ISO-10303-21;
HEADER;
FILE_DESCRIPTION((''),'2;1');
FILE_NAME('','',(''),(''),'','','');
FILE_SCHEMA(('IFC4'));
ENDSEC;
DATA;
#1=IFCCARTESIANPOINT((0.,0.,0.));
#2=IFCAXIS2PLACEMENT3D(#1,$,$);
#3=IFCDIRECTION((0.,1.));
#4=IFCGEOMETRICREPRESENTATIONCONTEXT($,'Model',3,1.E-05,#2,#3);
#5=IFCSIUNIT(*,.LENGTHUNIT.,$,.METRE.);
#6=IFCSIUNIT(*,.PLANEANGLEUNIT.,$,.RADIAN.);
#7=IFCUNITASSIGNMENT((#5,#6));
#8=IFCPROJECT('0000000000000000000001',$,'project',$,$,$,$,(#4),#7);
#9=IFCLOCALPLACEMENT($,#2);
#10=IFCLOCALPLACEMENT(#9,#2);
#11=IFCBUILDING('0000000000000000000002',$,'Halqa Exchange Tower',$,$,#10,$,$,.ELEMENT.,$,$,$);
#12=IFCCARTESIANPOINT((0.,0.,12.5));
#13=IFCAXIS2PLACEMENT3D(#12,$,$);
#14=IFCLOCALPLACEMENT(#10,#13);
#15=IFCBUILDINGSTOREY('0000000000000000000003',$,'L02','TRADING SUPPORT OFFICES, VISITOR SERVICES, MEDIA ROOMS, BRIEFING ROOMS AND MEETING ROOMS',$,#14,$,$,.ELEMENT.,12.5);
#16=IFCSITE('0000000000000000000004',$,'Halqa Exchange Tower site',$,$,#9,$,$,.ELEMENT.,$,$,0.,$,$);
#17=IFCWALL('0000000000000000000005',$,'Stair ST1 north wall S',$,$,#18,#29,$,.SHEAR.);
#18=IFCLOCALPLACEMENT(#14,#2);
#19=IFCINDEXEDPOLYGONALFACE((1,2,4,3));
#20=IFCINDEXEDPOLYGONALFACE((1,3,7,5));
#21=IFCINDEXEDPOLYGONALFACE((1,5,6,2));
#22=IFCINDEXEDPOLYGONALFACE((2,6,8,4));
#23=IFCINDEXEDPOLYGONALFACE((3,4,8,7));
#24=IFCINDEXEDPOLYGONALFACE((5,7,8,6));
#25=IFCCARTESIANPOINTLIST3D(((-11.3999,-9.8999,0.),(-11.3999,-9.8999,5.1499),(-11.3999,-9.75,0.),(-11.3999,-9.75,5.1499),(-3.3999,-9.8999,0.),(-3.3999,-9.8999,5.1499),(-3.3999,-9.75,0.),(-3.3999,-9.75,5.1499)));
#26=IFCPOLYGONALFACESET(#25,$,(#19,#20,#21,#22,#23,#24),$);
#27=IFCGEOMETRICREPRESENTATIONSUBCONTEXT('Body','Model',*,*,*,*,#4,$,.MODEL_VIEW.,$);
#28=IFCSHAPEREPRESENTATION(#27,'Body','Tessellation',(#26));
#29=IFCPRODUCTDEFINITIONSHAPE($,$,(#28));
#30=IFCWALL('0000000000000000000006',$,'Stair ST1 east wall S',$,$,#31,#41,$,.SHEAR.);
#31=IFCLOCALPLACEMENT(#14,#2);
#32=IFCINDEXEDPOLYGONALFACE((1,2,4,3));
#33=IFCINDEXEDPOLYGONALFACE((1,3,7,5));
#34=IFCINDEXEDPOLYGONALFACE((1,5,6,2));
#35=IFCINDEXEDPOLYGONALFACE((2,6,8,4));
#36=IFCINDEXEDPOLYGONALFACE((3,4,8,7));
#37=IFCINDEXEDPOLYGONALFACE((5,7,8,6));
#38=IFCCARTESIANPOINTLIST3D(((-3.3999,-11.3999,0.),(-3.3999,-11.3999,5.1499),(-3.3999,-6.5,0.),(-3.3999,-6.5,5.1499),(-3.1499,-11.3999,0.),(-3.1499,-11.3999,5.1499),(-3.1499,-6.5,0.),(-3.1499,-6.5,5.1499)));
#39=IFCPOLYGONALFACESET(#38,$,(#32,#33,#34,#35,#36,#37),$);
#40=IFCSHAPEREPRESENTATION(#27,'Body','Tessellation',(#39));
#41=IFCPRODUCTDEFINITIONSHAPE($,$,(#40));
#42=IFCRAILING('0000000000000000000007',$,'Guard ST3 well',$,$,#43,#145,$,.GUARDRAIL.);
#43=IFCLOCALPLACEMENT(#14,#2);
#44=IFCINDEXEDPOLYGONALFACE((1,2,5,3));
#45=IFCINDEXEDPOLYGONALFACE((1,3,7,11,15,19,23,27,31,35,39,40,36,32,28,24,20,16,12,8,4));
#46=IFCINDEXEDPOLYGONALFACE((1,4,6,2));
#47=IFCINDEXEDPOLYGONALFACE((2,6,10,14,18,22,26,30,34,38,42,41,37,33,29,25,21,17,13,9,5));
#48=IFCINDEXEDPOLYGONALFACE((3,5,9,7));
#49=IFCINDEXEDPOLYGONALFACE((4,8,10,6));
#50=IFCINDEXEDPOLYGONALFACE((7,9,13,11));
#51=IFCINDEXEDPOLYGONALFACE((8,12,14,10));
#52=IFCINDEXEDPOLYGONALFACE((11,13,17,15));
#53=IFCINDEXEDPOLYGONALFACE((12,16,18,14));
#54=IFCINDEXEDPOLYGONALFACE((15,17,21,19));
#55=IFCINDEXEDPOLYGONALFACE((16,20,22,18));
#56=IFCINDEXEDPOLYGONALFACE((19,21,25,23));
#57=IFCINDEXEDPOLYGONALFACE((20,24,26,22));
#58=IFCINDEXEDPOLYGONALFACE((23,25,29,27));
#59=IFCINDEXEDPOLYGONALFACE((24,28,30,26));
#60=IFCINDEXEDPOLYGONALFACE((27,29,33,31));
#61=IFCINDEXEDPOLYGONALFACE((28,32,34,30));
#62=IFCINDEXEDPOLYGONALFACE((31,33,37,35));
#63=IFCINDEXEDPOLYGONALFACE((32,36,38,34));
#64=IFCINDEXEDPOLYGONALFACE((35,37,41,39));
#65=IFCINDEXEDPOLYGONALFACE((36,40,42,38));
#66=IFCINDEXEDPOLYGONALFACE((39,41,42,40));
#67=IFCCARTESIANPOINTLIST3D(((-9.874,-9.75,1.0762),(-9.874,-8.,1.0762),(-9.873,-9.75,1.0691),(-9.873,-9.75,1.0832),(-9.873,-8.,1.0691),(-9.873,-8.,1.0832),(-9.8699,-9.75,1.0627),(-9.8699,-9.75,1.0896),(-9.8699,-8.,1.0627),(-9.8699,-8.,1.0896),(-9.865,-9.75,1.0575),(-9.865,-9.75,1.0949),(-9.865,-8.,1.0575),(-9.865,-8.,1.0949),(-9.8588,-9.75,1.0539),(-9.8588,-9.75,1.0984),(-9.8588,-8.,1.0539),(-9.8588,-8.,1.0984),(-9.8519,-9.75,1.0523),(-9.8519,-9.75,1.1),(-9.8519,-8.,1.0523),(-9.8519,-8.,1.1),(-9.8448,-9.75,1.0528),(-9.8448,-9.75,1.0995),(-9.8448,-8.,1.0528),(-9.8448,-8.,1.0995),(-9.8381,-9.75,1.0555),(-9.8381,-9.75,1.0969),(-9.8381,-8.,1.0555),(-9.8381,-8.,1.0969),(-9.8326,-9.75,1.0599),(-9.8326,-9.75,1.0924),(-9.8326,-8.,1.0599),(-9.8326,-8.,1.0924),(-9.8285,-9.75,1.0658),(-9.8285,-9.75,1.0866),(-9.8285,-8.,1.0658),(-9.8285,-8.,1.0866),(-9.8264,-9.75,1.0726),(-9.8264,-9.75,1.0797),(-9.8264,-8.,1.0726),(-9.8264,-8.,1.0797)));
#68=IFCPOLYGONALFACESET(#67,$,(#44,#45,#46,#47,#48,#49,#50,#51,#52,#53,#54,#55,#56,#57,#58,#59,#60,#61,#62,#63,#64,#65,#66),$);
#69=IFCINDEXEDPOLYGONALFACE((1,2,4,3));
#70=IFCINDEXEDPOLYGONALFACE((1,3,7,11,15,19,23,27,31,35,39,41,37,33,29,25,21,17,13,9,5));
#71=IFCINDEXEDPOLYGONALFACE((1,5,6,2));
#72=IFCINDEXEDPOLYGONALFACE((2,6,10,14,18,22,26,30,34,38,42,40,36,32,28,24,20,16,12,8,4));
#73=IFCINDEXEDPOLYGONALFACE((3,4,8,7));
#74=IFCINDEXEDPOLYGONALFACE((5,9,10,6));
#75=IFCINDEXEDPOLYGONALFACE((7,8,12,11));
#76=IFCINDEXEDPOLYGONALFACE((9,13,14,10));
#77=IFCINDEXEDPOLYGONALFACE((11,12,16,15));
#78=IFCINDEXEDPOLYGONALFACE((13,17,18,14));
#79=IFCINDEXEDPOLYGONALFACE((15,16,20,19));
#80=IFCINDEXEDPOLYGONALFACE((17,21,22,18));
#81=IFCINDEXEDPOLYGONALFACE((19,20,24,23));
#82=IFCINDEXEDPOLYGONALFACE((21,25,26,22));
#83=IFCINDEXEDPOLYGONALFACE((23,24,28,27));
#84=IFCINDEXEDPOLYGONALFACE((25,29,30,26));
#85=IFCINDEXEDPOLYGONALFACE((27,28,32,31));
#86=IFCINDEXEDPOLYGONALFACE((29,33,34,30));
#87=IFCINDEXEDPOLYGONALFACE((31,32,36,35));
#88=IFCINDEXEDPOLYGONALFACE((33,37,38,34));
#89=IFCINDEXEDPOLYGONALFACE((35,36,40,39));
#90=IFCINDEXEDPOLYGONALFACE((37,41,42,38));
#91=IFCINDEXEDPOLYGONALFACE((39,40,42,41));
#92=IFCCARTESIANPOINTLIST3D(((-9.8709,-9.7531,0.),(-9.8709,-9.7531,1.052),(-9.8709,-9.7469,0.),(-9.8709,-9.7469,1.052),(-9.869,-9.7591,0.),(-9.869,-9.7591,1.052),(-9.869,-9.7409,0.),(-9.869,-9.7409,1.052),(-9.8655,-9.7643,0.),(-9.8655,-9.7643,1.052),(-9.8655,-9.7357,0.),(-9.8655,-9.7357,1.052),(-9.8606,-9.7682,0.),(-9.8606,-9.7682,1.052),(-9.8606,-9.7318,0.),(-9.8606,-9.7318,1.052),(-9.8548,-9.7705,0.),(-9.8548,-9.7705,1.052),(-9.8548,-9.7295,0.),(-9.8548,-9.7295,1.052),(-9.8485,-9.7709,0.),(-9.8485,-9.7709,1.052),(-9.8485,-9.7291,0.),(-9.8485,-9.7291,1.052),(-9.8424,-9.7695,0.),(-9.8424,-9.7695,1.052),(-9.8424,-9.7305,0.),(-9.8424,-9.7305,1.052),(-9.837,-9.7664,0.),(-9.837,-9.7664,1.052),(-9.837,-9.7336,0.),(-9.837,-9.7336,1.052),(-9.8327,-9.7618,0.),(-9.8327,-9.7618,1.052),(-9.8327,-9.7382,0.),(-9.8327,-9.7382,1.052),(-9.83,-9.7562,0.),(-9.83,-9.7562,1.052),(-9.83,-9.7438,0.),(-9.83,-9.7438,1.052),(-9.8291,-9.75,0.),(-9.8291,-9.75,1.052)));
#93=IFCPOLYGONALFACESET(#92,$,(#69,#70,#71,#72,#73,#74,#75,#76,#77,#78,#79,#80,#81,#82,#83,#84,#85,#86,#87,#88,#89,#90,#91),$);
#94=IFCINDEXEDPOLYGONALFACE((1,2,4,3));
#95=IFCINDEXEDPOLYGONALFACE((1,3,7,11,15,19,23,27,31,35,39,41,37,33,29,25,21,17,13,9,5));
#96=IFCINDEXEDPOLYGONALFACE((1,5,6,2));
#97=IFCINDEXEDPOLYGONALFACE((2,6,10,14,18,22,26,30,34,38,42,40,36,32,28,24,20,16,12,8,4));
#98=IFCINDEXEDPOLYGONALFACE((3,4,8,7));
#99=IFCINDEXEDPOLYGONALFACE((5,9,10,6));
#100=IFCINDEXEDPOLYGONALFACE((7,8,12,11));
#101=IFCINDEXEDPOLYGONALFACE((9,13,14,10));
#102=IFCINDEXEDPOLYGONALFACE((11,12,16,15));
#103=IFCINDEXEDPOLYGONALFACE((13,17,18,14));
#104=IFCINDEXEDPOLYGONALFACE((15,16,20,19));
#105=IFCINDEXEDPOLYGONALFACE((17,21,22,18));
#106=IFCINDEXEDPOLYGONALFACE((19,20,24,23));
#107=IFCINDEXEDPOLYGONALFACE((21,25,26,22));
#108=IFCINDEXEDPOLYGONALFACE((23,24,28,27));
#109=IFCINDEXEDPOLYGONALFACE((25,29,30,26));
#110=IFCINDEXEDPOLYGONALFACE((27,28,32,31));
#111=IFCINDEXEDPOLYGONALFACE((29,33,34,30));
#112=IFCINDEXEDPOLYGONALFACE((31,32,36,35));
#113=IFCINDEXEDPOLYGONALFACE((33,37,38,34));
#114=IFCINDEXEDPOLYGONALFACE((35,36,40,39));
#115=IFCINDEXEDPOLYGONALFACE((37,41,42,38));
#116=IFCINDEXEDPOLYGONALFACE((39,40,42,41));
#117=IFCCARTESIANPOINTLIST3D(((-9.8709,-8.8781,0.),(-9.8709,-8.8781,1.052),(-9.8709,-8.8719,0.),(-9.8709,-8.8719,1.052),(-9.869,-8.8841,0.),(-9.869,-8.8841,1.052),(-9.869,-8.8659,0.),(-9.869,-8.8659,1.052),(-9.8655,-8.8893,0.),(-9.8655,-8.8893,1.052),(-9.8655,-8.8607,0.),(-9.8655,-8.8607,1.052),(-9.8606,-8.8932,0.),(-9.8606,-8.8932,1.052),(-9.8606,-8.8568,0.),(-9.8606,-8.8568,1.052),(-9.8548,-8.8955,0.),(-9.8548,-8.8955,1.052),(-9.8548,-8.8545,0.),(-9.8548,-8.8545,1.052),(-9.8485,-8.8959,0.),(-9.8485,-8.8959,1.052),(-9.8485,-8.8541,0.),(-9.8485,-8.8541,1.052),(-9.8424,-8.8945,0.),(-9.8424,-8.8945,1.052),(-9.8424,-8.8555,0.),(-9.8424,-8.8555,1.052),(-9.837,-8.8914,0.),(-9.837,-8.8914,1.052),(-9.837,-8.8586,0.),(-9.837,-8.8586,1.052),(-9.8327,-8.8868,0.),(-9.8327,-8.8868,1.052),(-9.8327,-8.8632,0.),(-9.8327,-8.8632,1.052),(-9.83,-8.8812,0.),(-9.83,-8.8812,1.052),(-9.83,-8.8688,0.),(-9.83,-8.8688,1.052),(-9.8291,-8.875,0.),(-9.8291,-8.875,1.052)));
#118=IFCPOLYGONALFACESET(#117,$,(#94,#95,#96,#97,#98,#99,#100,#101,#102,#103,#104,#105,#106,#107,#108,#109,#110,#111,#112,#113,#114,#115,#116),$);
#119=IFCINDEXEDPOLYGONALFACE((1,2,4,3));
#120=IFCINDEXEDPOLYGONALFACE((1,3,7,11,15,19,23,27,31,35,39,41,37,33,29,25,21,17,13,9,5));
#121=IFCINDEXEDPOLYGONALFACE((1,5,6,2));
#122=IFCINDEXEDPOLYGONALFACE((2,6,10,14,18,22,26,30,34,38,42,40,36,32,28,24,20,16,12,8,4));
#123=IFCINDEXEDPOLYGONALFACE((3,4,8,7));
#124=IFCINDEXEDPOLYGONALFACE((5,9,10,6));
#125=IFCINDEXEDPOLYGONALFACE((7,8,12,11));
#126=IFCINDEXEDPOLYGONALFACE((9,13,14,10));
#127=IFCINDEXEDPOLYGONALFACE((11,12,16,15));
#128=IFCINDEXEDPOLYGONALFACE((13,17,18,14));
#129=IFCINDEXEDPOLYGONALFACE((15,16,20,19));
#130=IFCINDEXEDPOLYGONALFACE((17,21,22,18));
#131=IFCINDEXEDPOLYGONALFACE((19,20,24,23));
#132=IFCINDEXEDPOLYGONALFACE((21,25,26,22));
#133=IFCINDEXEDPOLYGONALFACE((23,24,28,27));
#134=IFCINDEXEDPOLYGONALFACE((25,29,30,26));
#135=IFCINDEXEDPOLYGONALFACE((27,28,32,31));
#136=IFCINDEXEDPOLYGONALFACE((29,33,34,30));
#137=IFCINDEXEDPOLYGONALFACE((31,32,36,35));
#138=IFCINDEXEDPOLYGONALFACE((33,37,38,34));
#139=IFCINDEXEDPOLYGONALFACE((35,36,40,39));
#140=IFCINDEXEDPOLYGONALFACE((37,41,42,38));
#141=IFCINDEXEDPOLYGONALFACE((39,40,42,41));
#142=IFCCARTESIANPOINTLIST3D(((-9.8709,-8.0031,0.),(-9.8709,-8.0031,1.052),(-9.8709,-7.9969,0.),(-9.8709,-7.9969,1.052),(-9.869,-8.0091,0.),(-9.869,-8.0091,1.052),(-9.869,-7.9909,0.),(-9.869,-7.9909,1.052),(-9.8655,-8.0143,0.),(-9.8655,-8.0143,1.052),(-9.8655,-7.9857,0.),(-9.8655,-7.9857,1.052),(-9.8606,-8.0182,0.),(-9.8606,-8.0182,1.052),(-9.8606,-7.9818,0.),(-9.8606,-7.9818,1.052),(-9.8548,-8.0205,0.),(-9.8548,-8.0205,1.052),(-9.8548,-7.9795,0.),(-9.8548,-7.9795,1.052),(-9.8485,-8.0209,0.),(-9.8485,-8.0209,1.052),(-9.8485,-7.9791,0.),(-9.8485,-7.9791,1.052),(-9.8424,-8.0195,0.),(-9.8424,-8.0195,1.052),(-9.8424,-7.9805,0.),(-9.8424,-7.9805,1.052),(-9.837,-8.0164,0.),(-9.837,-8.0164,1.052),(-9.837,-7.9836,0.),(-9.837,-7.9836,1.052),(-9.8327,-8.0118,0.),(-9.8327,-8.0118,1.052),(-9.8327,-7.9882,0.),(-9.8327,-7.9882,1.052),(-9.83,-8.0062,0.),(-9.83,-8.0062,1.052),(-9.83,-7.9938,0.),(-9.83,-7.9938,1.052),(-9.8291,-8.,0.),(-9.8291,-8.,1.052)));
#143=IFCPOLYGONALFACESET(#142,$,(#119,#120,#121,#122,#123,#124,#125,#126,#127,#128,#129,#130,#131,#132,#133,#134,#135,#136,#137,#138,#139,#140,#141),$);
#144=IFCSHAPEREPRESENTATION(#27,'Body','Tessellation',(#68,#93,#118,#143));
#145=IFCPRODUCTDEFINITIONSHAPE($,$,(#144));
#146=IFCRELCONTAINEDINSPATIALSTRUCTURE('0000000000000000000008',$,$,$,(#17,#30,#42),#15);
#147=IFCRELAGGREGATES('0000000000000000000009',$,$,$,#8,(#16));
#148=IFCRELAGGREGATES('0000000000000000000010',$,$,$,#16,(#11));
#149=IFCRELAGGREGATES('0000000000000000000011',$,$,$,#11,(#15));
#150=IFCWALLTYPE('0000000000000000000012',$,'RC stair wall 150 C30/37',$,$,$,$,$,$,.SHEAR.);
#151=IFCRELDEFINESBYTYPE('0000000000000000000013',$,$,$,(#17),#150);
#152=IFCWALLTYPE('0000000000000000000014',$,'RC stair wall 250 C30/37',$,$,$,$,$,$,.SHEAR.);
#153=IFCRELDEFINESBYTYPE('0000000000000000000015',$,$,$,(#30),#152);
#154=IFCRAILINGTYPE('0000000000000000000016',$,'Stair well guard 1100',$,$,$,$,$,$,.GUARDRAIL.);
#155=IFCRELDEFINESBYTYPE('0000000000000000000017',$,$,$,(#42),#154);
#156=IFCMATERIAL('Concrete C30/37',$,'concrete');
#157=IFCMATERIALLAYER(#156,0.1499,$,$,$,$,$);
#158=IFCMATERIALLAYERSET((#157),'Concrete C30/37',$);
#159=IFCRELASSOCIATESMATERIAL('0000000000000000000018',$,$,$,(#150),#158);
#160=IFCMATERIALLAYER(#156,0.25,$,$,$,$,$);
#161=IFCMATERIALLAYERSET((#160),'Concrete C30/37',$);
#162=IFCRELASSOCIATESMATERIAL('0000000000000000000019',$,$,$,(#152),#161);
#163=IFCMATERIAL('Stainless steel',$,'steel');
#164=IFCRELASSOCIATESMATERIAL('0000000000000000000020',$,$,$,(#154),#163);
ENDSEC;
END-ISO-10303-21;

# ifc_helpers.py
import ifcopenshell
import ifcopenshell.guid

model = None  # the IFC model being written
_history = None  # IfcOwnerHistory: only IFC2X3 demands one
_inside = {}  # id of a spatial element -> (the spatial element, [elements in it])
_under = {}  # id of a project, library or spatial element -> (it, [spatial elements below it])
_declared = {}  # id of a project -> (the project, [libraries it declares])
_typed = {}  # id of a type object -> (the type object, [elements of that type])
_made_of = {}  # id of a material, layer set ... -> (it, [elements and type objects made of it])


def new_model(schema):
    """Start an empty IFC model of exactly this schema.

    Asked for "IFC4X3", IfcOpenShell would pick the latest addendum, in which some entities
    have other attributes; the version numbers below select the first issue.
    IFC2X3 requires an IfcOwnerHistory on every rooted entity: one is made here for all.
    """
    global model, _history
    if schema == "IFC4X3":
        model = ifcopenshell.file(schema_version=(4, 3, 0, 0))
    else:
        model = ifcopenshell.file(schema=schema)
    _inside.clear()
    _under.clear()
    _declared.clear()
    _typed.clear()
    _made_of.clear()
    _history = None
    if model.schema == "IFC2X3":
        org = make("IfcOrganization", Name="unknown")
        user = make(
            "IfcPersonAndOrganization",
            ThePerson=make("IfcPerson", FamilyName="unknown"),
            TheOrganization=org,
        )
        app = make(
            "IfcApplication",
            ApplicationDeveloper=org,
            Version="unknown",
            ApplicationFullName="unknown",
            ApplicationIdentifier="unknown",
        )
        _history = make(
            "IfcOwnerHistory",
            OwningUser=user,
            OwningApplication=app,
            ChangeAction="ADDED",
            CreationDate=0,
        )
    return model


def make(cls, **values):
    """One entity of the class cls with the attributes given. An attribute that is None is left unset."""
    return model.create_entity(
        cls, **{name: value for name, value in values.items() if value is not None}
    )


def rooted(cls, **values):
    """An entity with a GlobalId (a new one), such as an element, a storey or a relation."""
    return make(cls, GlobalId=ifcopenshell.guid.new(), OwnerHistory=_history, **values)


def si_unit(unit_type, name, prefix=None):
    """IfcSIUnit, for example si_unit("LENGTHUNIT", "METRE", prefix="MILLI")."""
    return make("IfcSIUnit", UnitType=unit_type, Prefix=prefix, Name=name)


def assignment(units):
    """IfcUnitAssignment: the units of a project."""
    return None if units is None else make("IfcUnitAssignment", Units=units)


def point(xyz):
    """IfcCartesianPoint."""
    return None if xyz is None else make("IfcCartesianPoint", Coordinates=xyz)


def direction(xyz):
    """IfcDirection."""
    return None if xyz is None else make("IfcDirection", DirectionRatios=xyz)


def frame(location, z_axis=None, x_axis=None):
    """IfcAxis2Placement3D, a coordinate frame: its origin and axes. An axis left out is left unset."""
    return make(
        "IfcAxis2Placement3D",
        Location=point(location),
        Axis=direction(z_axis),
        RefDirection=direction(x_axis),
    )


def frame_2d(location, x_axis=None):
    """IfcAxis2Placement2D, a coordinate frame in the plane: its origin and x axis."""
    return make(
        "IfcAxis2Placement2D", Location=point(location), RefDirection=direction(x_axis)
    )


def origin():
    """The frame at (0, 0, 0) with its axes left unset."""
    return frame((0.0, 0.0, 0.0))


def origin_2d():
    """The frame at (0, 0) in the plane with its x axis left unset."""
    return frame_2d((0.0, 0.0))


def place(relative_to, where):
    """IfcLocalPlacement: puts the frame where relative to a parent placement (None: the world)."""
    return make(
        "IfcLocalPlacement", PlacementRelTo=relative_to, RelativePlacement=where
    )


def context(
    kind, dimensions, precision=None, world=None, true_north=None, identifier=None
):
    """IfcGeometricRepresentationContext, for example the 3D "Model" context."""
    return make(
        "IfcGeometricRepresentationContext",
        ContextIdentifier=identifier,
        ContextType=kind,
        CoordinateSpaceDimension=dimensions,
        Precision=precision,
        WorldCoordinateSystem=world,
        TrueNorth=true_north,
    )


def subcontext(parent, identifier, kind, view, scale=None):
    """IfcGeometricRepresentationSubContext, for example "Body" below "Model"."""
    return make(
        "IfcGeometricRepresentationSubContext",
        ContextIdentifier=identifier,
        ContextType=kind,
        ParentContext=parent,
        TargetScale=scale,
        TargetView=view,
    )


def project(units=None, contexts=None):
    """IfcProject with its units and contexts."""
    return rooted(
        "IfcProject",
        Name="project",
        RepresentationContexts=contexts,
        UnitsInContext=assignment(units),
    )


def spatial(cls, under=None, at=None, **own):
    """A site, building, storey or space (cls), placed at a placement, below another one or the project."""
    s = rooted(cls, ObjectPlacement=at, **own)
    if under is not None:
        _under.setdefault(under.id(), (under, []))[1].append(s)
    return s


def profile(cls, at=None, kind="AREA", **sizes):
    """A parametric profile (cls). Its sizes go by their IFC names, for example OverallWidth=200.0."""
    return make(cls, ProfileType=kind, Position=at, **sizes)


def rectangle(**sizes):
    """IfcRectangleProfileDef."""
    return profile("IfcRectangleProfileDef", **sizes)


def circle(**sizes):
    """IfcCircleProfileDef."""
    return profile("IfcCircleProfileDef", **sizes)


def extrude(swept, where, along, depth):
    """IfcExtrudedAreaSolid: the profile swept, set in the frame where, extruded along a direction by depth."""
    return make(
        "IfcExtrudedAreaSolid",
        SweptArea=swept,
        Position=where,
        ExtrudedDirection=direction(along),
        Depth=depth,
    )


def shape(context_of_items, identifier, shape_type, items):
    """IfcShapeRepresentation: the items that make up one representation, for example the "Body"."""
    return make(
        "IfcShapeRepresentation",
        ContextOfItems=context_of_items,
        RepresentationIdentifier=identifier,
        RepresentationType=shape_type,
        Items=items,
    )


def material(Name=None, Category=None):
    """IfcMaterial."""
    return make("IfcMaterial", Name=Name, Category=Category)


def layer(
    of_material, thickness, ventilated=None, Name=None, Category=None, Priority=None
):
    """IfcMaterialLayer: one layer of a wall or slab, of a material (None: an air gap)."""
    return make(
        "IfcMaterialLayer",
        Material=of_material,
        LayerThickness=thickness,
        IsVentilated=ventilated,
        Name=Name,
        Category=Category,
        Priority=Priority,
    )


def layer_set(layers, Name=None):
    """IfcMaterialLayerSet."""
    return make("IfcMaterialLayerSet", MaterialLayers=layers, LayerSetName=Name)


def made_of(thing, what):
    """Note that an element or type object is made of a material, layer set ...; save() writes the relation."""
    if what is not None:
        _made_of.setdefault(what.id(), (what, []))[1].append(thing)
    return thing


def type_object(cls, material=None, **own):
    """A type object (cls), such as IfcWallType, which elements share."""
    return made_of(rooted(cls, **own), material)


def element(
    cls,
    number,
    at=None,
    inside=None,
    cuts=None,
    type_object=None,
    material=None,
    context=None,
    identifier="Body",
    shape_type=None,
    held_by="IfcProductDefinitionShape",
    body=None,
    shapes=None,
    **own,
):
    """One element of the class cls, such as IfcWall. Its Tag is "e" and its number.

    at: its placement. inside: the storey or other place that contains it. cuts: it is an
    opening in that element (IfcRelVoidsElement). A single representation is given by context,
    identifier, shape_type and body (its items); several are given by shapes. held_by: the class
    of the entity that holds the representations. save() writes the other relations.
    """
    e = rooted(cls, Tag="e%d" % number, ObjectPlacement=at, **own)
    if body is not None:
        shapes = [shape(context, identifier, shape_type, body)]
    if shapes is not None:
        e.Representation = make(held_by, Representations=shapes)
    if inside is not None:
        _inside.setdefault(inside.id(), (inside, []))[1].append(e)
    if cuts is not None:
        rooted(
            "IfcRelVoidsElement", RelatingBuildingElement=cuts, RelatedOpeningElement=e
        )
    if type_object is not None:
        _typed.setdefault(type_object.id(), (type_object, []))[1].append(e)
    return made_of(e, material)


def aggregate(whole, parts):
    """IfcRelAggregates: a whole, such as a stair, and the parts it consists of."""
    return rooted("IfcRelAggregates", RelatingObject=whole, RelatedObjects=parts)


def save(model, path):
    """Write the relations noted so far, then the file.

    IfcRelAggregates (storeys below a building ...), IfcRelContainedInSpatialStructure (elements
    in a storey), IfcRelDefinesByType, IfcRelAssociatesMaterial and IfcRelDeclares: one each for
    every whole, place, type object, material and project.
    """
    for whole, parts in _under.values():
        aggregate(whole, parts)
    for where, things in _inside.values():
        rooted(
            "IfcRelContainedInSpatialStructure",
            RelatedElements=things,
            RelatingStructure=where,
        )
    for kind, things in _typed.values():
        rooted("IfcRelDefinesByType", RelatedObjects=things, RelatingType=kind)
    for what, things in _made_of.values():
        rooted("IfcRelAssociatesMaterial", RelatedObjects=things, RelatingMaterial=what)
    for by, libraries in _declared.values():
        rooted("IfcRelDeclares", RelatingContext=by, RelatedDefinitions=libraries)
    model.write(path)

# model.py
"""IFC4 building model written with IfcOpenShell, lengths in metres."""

from ifc_helpers import new_model, si_unit, direction, frame, frame_2d, origin, origin_2d, place, context, subcontext, project, spatial, rectangle, circle, extrude, material, layer, layer_set, type_object, element, save


model = new_model("IFC4")

# Units and contexts
model_context = context("Model", 3, precision=1e-05, world=origin(), true_north=direction((0.0, 1.0)))
body_context = subcontext(model_context, "Body", "Model", "MODEL_VIEW")
ifc_project = project(units=[si_unit("LENGTHUNIT", "METRE"), si_unit("PLANEANGLEUNIT", "RADIAN")], contexts=[model_context])

# Site, building, storey
site_placement = place(None, origin())
site = spatial("IfcSite", under=ifc_project, at=site_placement, Name="Halqa Exchange Tower site", CompositionType="ELEMENT", RefElevation=0.0)
building_placement = place(site_placement, origin())
building = spatial("IfcBuilding", under=site, at=building_placement, Name="Halqa Exchange Tower", CompositionType="ELEMENT")
storey_placement = place(building_placement, frame((0.0, 0.0, 12.5)))
storey = spatial("IfcBuildingStorey", under=building, at=storey_placement, Name="L02", Description="TRADING SUPPORT OFFICES, VISITOR SERVICES, MEDIA ROOMS, BRIEFING ROOMS AND MEETING ROOMS", CompositionType="ELEMENT", Elevation=12.5)

# Walls
ifc_material_1 = material(Name="Concrete C30/37", Category="concrete")
ifc_layer_1 = layer(ifc_material_1, 0.1499)
ifc_layer_set_1 = layer_set([ifc_layer_1], Name="Concrete C30/37")
wall_type_1 = type_object("IfcWallType", Name="RC stair wall 150 C30/37", PredefinedType="SHEAR", material=ifc_layer_set_1)
wall_1_placement = place(storey_placement, frame((-11.3999, -9.825, 0.0), z_axis=(0.0, 0.0, 1.0), x_axis=(1.0, 0.0, 0.0)))
element("IfcWall", 1, at=wall_1_placement, inside=storey, type_object=wall_type_1, Name="Stair ST1 north wall S", PredefinedType="SHEAR", context=body_context, shape_type="SweptSolid", body=[
    extrude(rectangle(XDim=8.0, YDim=0.1499, at=frame_2d((4.0, 0.0))), origin(), (0.0, 0.0, 1.0), 5.1499),
])
ifc_layer_2 = layer(ifc_material_1, 0.25)
ifc_layer_set_2 = layer_set([ifc_layer_2], Name="Concrete C30/37")
wall_type_2 = type_object("IfcWallType", Name="RC stair wall 250 C30/37", PredefinedType="SHEAR", material=ifc_layer_set_2)
wall_2_placement = place(storey_placement, frame((-3.2749, -11.3999, 0.0), z_axis=(0.0, 0.0, 1.0), x_axis=(0.0, 1.0, 0.0)))
element("IfcWall", 2, at=wall_2_placement, inside=storey, type_object=wall_type_2, Name="Stair ST1 east wall S", PredefinedType="SHEAR", context=body_context, shape_type="SweptSolid", body=[
    extrude(rectangle(XDim=4.8999, YDim=0.25, at=frame_2d((2.45, 0.0))), origin(), (0.0, 0.0, 1.0), 5.1499),
])

# Railing
ifc_material_2 = material(Name="Stainless steel", Category="steel")
railing_type = type_object("IfcRailingType", Name="Stair well guard 1100", PredefinedType="GUARDRAIL", material=ifc_material_2)
railing_placement = place(storey_placement, frame((-9.8501, -9.75, 0.0)))
element("IfcRailing", 3, at=railing_placement, inside=storey, type_object=railing_type, Name="Guard ST3 well", PredefinedType="GUARDRAIL", context=body_context, shape_type="SweptSolid", body=[
    extrude(circle(Radius=0.0239, at=origin_2d()), frame((0.0, 0.0, 1.0762), z_axis=(0.0, 1.0, 0.0), x_axis=(-1.0, 0.0, 0.0)), (0.0, 0.0, 1.0), 1.75),
    extrude(circle(Radius=0.021, at=origin_2d()), origin(), (0.0, 0.0, 1.0), 1.052),
    extrude(circle(Radius=0.021, at=origin_2d()), frame((0.0, 0.875, 0.0)), (0.0, 0.0, 1.0), 1.052),
    extrude(circle(Radius=0.021, at=origin_2d()), frame((0.0, 1.75, 0.0)), (0.0, 0.0, 1.0), 1.052),
])

save(model, "model.ifc")
